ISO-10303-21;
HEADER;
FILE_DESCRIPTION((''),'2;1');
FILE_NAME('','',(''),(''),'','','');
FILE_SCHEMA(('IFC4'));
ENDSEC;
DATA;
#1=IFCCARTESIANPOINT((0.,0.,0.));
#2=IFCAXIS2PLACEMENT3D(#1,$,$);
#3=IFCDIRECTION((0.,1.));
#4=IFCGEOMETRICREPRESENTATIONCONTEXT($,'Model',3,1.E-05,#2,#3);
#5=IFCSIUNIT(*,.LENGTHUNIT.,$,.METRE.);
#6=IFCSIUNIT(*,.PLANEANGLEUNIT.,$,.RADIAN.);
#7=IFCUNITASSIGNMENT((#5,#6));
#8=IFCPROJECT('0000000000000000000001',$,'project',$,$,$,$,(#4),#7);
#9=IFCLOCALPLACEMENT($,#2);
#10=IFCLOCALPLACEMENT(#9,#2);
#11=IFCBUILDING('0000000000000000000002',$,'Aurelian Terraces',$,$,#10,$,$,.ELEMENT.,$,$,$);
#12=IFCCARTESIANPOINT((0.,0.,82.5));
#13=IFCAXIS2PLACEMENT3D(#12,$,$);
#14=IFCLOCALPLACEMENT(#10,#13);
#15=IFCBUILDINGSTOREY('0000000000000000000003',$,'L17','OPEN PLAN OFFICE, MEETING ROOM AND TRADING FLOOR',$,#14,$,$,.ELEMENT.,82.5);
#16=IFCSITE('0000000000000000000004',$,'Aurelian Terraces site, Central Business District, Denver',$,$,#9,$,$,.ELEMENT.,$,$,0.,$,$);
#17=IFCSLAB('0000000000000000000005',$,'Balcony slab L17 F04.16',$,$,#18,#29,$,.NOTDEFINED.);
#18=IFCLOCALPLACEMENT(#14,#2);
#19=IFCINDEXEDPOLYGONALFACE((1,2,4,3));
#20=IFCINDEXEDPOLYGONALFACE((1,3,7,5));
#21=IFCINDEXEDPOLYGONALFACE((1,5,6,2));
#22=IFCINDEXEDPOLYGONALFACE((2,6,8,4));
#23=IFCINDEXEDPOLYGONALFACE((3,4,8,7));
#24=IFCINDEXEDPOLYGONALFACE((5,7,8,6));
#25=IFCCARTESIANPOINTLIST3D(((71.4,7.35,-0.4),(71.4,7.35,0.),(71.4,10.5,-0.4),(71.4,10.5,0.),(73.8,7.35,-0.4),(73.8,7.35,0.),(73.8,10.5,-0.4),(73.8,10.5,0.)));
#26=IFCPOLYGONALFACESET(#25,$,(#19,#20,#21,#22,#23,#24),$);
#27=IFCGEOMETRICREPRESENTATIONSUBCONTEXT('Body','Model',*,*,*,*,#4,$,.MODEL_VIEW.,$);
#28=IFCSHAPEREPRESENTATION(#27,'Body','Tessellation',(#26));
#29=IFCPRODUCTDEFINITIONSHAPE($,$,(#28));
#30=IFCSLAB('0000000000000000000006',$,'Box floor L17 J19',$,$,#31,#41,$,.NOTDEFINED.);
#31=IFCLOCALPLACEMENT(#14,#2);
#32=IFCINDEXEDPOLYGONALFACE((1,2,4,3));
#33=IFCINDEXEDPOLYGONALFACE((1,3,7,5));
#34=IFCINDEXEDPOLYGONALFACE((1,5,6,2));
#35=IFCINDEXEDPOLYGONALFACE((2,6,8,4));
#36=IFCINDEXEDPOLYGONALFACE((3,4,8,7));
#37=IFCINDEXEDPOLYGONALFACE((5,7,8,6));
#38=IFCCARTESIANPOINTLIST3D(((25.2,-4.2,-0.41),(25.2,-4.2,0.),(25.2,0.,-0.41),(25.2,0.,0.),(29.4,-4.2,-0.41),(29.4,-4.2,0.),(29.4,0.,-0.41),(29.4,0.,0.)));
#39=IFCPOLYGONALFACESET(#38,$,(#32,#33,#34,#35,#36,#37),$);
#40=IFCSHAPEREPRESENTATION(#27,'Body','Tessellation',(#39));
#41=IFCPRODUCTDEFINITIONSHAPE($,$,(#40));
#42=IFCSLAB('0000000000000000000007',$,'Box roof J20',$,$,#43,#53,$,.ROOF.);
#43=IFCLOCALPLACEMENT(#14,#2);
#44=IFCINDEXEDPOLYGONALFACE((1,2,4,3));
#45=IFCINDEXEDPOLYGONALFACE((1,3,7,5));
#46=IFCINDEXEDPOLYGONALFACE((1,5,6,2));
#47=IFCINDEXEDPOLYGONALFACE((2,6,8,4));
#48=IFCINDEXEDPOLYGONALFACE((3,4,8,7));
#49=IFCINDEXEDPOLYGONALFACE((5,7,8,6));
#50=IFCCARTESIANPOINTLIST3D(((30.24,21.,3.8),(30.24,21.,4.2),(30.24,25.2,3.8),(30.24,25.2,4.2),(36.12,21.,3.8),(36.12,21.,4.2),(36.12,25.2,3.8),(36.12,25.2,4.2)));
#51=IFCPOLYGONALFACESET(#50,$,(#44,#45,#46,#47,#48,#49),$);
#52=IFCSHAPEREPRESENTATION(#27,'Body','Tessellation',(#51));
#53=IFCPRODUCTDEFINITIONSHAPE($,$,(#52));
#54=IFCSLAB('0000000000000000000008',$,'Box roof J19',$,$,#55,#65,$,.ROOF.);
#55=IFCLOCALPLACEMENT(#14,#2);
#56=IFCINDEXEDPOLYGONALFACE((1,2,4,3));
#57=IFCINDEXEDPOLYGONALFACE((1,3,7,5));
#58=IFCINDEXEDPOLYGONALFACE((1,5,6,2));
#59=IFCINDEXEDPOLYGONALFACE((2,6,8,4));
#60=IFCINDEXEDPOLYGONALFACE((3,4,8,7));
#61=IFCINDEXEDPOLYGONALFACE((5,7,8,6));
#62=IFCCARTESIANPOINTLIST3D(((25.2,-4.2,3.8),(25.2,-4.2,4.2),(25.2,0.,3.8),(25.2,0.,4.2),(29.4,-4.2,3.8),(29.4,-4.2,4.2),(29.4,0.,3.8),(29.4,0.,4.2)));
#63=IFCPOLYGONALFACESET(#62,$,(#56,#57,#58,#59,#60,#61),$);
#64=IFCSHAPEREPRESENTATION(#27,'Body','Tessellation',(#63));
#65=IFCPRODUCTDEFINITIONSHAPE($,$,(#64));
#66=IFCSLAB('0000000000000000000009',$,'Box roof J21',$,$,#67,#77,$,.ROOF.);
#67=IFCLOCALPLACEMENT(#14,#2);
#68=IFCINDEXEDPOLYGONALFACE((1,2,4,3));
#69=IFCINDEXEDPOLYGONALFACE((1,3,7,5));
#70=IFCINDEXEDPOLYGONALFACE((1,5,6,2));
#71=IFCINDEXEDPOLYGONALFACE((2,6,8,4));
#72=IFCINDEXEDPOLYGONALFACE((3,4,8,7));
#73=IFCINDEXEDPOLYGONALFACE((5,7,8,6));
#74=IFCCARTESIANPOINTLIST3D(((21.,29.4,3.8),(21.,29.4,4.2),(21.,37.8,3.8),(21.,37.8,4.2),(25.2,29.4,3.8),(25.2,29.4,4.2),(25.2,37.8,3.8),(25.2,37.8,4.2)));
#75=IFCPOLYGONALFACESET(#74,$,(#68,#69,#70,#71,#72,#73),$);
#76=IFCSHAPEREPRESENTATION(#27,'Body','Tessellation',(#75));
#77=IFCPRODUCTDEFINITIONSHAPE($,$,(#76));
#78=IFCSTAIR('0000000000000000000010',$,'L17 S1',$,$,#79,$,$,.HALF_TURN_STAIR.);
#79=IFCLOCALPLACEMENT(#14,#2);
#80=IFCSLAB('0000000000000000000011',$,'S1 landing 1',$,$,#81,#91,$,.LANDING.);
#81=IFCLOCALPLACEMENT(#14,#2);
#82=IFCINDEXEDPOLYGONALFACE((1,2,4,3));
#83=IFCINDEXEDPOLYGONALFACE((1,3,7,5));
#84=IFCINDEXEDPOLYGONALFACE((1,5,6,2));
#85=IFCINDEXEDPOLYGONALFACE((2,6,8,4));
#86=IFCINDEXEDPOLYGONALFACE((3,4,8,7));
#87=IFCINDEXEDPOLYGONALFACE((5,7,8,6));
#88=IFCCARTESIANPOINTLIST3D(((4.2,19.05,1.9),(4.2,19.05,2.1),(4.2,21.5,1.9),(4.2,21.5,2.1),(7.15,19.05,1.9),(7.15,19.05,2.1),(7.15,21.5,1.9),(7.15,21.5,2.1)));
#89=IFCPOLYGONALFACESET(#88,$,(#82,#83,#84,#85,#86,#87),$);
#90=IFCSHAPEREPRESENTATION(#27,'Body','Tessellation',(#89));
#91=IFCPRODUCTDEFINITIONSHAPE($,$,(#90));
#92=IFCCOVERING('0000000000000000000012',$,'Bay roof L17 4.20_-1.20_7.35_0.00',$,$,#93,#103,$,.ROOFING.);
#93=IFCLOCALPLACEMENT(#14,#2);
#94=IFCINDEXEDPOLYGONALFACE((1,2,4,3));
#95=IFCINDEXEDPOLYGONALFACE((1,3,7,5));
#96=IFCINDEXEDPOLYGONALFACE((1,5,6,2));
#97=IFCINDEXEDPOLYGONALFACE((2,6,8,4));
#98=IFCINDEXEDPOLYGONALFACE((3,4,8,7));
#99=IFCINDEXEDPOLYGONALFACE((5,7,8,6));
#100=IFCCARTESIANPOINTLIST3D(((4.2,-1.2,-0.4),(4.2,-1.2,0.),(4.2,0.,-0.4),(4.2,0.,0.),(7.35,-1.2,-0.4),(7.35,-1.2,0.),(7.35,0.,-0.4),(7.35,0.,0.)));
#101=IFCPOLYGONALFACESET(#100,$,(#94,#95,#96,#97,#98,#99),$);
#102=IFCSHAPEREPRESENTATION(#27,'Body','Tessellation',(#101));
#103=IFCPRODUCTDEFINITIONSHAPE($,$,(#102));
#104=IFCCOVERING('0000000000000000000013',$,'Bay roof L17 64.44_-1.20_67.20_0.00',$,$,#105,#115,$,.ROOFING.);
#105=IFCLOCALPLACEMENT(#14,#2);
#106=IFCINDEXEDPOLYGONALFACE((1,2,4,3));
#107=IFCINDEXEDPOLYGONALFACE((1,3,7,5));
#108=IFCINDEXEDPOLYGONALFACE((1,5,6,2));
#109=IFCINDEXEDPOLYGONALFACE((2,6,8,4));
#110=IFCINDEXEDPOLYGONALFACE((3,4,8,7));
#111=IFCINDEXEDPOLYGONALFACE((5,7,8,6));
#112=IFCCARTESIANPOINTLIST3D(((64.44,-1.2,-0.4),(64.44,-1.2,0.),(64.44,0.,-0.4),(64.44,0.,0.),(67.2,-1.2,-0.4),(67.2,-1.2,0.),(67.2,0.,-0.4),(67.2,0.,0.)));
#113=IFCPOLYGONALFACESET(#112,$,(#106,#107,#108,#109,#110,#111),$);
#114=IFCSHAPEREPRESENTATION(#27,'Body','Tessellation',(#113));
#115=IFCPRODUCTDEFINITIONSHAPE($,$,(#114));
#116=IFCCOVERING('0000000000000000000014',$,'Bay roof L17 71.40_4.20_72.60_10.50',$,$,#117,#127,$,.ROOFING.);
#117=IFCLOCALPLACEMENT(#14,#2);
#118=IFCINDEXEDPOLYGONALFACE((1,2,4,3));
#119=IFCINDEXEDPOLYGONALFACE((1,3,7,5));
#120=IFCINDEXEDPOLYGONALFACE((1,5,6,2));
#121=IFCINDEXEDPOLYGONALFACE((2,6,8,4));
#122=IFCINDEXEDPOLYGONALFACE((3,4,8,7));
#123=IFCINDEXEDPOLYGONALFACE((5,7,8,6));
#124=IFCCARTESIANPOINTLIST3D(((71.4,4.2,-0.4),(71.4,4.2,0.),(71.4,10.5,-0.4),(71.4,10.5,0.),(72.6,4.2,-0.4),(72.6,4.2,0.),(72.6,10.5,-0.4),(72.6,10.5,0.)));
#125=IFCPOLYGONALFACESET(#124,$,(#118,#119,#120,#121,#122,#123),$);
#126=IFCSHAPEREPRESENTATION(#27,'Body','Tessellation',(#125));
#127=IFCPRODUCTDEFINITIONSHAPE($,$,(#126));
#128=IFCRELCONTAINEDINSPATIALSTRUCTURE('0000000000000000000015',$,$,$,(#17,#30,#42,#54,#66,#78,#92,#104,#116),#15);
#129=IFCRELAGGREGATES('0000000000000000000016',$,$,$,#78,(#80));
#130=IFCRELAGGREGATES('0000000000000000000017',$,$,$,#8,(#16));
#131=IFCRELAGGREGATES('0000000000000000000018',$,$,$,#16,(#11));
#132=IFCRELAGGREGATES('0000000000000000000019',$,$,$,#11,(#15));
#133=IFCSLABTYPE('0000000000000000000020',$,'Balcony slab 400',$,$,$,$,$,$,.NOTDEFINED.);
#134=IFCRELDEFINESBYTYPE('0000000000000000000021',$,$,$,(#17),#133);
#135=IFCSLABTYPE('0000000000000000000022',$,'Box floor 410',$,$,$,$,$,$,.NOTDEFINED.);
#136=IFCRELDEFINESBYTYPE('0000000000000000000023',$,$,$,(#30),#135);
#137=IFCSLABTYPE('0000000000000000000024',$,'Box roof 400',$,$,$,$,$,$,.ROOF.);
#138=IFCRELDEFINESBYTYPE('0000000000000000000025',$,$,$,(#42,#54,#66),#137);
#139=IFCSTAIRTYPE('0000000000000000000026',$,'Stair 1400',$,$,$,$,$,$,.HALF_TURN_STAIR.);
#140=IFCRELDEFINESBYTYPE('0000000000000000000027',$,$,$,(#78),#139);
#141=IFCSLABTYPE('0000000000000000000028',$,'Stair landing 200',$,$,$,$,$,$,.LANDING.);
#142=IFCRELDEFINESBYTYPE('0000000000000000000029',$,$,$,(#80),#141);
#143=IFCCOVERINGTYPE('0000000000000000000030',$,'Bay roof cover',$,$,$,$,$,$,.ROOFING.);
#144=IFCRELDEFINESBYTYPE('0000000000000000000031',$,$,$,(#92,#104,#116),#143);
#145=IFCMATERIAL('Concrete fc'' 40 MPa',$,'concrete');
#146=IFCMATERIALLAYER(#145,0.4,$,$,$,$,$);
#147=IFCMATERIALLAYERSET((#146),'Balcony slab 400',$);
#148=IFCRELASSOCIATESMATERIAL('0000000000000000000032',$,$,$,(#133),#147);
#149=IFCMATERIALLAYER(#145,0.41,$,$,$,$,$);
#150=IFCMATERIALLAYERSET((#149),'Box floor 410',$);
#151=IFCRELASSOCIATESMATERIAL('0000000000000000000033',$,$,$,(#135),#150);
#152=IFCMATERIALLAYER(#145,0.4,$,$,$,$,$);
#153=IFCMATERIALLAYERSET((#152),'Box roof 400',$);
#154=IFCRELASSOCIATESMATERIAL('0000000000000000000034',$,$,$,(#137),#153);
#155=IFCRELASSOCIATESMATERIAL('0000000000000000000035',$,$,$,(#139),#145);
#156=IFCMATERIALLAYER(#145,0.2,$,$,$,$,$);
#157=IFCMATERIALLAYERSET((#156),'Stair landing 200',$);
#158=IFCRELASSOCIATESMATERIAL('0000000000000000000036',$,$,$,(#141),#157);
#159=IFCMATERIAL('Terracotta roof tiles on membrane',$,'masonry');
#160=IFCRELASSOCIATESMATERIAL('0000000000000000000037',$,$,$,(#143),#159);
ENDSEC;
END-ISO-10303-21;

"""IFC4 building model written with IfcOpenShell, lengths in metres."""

from ifc_helpers import new_model, si_unit, direction, frame, origin, place, context, subcontext, project, spatial, polyline, outline, extrude, source, transform, mapped, material, layer, layer_set, type_object, element, aggregate, save


model = new_model("IFC4")

# Units and contexts
model_context = context("Model", 3, precision=1e-05, world=origin(), true_north=direction((0.0, 1.0)))
body_context = subcontext(model_context, "Body", "Model", "MODEL_VIEW")
ifc_project = project(units=[si_unit("LENGTHUNIT", "METRE"), si_unit("PLANEANGLEUNIT", "RADIAN")], contexts=[model_context])

# Site, building, storey
site_placement = place(None, origin())
site = spatial("IfcSite", under=ifc_project, at=site_placement, Name="Aurelian Terraces site, Central Business District, Denver", CompositionType="ELEMENT", RefElevation=0.0)
building_placement = place(site_placement, origin())
building = spatial("IfcBuilding", under=site, at=building_placement, Name="Aurelian Terraces", CompositionType="ELEMENT")
storey_placement = place(building_placement, frame((0.0, 0.0, 82.5)))
storey = spatial("IfcBuildingStorey", under=building, at=storey_placement, Name="L17", Description="OPEN PLAN OFFICE, MEETING ROOM AND TRADING FLOOR", CompositionType="ELEMENT", Elevation=82.5)

# Shared definitions
ifc_material_1 = material(Name="Concrete fc' 40 MPa", Category="concrete")
ifc_layer_1 = layer(ifc_material_1, 0.4)
ifc_layer_set_1 = layer_set([ifc_layer_1], Name="Balcony slab 400")
slab_type_1 = type_object("IfcSlabType", Name="Balcony slab 400", PredefinedType="NOTDEFINED", material=ifc_layer_set_1)
ifc_layer_2 = layer(ifc_material_1, 0.41)
ifc_layer_set_2 = layer_set([ifc_layer_2], Name="Box floor 410")
slab_type_2 = type_object("IfcSlabType", Name="Box floor 410", PredefinedType="NOTDEFINED", material=ifc_layer_set_2)
ifc_layer_3 = layer(ifc_material_1, 0.4)
ifc_layer_set_3 = layer_set([ifc_layer_3], Name="Box roof 400")
slab_type_3 = type_object("IfcSlabType", Name="Box roof 400", PredefinedType="ROOF", material=ifc_layer_set_3)

# Slabs
shared_shape_1 = source(origin(), body_context, "Body", "SweptSolid", [
    extrude(outline(polyline([(71.4, 7.35), (71.4, 10.5), (73.8, 10.5), (73.8, 7.35), (71.4, 7.35)])), origin(), (0.0, 0.0, 1.0), 0.4),
])
slab_1_placement = place(storey_placement, frame((0.0, 0.0, -0.4)))
element("IfcSlab", 1, at=slab_1_placement, inside=storey, type_object=slab_type_1, Name="Balcony slab L17 F04.16", PredefinedType="NOTDEFINED", context=body_context, shape_type="MappedRepresentation", body=[
    mapped(shared_shape_1, transform((0.0, 0.0, 0.0), scale=1.0)),
])
shared_shape_2 = source(origin(), body_context, "Body", "SweptSolid", [
    extrude(outline(polyline([(25.2, -4.2), (29.4, -4.2), (29.4, 0.0), (25.2, 0.0), (25.2, -4.2)])), origin(), (0.0, 0.0, 1.0), 0.41),
])
slab_2_placement = place(storey_placement, frame((0.0, 0.0, -0.41)))
element("IfcSlab", 2, at=slab_2_placement, inside=storey, type_object=slab_type_2, Name="Box floor L17 J19", PredefinedType="NOTDEFINED", context=body_context, shape_type="MappedRepresentation", body=[
    mapped(shared_shape_2, transform((0.0, 0.0, 0.0), scale=1.0)),
])
shared_shape_3 = source(origin(), body_context, "Body", "SweptSolid", [
    extrude(outline(polyline([(36.12, 25.2), (30.24, 25.2), (30.24, 21.0), (36.12, 21.0), (36.12, 25.2)])), origin(), (0.0, 0.0, 1.0), 0.4),
])
slab_3_placement = place(storey_placement, frame((0.0, 0.0, 3.8)))
element("IfcSlab", 3, at=slab_3_placement, inside=storey, type_object=slab_type_3, Name="Box roof J20", PredefinedType="ROOF", context=body_context, shape_type="MappedRepresentation", body=[
    mapped(shared_shape_3, transform((0.0, 0.0, 0.0), scale=1.0)),
])
shared_shape_4 = source(origin(), body_context, "Body", "SweptSolid", [
    extrude(outline(polyline([(25.2, -4.2), (29.4, -4.2), (29.4, 0.0), (25.2, 0.0), (25.2, -4.2)])), origin(), (0.0, 0.0, 1.0), 0.4),
])
slab_4_placement = place(storey_placement, frame((0.0, 0.0, 3.8)))
element("IfcSlab", 4, at=slab_4_placement, inside=storey, type_object=slab_type_3, Name="Box roof J19", PredefinedType="ROOF", context=body_context, shape_type="MappedRepresentation", body=[
    mapped(shared_shape_4, transform((0.0, 0.0, 0.0), scale=1.0)),
])
shared_shape_5 = source(origin(), body_context, "Body", "SweptSolid", [
    extrude(outline(polyline([(25.2, 29.4), (25.2, 37.8), (21.0, 37.8), (21.0, 29.4), (25.2, 29.4)])), origin(), (0.0, 0.0, 1.0), 0.4),
])
slab_5_placement = place(storey_placement, frame((0.0, 0.0, 3.8)))
element("IfcSlab", 5, at=slab_5_placement, inside=storey, type_object=slab_type_3, Name="Box roof J21", PredefinedType="ROOF", context=body_context, shape_type="MappedRepresentation", body=[
    mapped(shared_shape_5, transform((0.0, 0.0, 0.0), scale=1.0)),
])

# Stair, slab
stair_type = type_object("IfcStairType", Name="Stair 1400", PredefinedType="HALF_TURN_STAIR", material=ifc_material_1)
stair_placement = place(storey_placement, origin())
stair = element("IfcStair", 6, at=stair_placement, inside=storey, type_object=stair_type, Name="L17 S1", PredefinedType="HALF_TURN_STAIR")
ifc_layer_4 = layer(ifc_material_1, 0.2)
ifc_layer_set_4 = layer_set([ifc_layer_4], Name="Stair landing 200")
slab_type_4 = type_object("IfcSlabType", Name="Stair landing 200", PredefinedType="LANDING", material=ifc_layer_set_4)
shared_shape_6 = source(origin(), body_context, "Body", "SweptSolid", [
    extrude(outline(polyline([(7.15, 19.05), (7.15, 21.5), (4.2, 21.5), (4.2, 19.05), (7.15, 19.05)])), origin(), (0.0, 0.0, 1.0), 0.2),
])
slab_6_placement = place(storey_placement, frame((0.0, 0.0, 1.9)))
slab_6 = element("IfcSlab", 7, at=slab_6_placement, type_object=slab_type_4, Name="S1 landing 1", PredefinedType="LANDING", context=body_context, shape_type="MappedRepresentation", body=[
    mapped(shared_shape_6, transform((0.0, 0.0, 0.0), scale=1.0)),
])
aggregate(stair, [slab_6])

# Coverings
ifc_material_2 = material(Name="Terracotta roof tiles on membrane", Category="masonry")
covering_type = type_object("IfcCoveringType", Name="Bay roof cover", PredefinedType="ROOFING", material=ifc_material_2)
covering_1_placement = place(storey_placement, frame((0.0, 0.0, -0.4)))
element("IfcCovering", 8, at=covering_1_placement, inside=storey, type_object=covering_type, Name="Bay roof L17 4.20_-1.20_7.35_0.00", PredefinedType="ROOFING", context=body_context, shape_type="SweptSolid", body=[
    extrude(outline(polyline([(4.2, 0.0), (7.35, 0.0), (7.35, -1.2), (4.2, -1.2), (4.2, 0.0)])), origin(), (0.0, 0.0, 1.0), 0.4),
])
covering_2_placement = place(storey_placement, frame((0.0, 0.0, -0.4)))
element("IfcCovering", 9, at=covering_2_placement, inside=storey, type_object=covering_type, Name="Bay roof L17 64.44_-1.20_67.20_0.00", PredefinedType="ROOFING", context=body_context, shape_type="SweptSolid", body=[
    extrude(outline(polyline([(64.44, 0.0), (67.2, 0.0), (67.2, -1.2), (64.44, -1.2), (64.44, 0.0)])), origin(), (0.0, 0.0, 1.0), 0.4),
])
covering_3_placement = place(storey_placement, frame((0.0, 0.0, -0.4)))
element("IfcCovering", 10, at=covering_3_placement, inside=storey, type_object=covering_type, Name="Bay roof L17 71.40_4.20_72.60_10.50", PredefinedType="ROOFING", context=body_context, shape_type="SweptSolid", body=[
    extrude(outline(polyline([(71.4, 4.2), (71.4, 10.5), (72.6, 10.5), (72.6, 4.2), (71.4, 4.2)])), origin(), (0.0, 0.0, 1.0), 0.4),
])

save(model, "model.ifc")
